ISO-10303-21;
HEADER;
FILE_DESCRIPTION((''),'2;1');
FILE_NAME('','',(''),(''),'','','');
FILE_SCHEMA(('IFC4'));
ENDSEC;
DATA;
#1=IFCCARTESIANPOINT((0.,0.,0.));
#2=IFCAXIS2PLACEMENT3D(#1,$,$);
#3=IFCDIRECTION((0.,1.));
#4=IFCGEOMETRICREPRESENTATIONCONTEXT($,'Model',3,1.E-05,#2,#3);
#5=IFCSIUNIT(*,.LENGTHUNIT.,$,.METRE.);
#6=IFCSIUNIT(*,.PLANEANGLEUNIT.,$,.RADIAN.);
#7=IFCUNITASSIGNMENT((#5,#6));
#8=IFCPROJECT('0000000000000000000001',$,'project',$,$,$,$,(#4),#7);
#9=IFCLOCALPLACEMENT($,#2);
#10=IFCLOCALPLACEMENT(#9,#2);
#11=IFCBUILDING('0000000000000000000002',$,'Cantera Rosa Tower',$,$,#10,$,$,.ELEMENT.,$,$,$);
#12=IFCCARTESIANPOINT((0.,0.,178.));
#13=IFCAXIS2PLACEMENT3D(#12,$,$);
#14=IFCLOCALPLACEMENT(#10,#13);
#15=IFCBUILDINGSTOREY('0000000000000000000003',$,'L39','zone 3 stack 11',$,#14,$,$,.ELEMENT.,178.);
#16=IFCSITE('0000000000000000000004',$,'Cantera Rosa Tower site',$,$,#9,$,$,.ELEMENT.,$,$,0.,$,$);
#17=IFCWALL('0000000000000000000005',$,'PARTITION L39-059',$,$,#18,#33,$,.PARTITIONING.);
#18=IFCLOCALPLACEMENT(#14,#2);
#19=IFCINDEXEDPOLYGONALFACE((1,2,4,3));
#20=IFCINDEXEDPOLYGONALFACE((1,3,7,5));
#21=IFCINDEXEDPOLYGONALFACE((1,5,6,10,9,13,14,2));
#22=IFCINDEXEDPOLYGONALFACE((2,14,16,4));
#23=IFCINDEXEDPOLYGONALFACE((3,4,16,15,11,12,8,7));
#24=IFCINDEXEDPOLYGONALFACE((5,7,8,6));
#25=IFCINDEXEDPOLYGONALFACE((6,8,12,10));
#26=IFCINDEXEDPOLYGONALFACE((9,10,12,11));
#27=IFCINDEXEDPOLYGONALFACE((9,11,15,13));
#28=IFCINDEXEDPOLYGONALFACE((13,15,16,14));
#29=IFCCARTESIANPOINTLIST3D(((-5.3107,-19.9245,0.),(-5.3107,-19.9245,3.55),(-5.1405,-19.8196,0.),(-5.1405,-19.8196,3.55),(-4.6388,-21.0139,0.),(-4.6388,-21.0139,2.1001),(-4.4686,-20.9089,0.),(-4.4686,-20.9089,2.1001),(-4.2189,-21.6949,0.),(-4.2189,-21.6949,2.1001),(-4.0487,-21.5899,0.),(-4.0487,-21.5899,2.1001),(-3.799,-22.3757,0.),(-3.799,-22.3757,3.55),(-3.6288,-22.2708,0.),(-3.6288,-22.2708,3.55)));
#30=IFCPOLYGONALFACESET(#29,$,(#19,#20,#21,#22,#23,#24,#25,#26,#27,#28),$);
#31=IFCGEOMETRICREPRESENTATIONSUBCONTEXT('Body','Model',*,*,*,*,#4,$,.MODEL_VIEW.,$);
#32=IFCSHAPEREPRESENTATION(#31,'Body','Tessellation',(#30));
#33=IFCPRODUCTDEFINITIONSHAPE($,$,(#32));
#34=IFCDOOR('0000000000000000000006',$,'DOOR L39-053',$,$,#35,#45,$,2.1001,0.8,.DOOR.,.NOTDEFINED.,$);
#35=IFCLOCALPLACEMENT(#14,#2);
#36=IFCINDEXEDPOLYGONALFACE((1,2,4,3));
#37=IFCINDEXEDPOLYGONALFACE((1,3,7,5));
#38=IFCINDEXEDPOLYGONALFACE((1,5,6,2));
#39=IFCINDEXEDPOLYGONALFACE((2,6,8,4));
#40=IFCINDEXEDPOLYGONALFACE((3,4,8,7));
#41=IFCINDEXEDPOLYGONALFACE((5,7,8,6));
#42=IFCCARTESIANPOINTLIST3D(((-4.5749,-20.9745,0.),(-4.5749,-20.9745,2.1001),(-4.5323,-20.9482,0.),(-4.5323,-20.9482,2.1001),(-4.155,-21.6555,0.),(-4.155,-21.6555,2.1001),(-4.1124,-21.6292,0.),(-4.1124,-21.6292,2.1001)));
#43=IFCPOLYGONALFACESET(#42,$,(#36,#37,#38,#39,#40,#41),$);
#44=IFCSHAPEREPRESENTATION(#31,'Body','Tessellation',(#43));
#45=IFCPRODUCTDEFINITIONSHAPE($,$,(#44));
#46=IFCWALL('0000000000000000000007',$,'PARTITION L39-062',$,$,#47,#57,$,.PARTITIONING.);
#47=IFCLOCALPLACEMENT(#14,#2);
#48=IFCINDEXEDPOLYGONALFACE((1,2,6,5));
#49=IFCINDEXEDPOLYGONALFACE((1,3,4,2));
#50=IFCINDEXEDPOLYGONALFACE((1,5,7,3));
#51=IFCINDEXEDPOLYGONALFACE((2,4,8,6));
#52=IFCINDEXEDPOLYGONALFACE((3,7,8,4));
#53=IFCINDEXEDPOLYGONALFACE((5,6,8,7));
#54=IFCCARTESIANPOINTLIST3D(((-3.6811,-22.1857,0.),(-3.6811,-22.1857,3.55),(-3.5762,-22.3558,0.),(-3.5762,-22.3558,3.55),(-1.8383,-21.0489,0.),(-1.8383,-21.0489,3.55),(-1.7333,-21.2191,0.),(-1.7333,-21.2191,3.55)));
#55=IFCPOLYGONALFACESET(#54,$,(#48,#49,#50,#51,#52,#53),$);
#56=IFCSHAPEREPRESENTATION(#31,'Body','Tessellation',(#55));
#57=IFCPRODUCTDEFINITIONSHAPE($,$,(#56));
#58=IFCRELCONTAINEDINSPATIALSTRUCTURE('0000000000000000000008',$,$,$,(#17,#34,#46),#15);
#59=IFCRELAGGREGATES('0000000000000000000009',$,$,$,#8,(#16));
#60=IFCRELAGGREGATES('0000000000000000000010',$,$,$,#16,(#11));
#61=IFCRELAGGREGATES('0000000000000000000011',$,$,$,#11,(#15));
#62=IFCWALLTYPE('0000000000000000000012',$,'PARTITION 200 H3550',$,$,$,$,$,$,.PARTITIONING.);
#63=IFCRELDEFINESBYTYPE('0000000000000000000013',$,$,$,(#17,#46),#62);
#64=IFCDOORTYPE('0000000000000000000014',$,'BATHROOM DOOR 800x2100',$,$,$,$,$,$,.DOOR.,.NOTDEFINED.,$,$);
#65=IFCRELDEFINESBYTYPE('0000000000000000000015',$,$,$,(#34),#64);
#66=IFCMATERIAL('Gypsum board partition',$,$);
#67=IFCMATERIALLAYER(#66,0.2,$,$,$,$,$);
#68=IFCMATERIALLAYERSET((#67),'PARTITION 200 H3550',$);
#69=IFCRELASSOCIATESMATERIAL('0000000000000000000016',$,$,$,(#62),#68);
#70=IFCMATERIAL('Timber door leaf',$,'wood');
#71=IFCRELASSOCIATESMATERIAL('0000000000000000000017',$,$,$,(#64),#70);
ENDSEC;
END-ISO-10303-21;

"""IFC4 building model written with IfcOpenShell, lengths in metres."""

from ifc_helpers import new_model, si_unit, direction, frame, frame_2d, origin, place, context, subcontext, project, spatial, rectangle, extrude, material, layer, layer_set, type_object, element, fill, save


model = new_model("IFC4")

# Units and contexts
model_context = context("Model", 3, precision=1e-05, world=origin(), true_north=direction((0.0, 1.0)))
body_context = subcontext(model_context, "Body", "Model", "MODEL_VIEW")
ifc_project = project(units=[si_unit("LENGTHUNIT", "METRE"), si_unit("PLANEANGLEUNIT", "RADIAN")], contexts=[model_context])

# Site, building, storey
site_placement = place(None, origin())
site = spatial("IfcSite", under=ifc_project, at=site_placement, Name="Cantera Rosa Tower site", CompositionType="ELEMENT", RefElevation=0.0)
building_placement = place(site_placement, origin())
building = spatial("IfcBuilding", under=site, at=building_placement, Name="Cantera Rosa Tower", CompositionType="ELEMENT")
storey_placement = place(building_placement, frame((0.0, 0.0, 178.0)))
storey = spatial("IfcBuildingStorey", under=building, at=storey_placement, Name="L39", Description="zone 3 stack 11", CompositionType="ELEMENT", Elevation=178.0)

# Wall, opening, door
ifc_material_1 = material(Name="Gypsum board partition")
ifc_layer_1 = layer(ifc_material_1, 0.2)
ifc_layer_set_1 = layer_set([ifc_layer_1], Name="PARTITION 200 H3550")
wall_type_1 = type_object("IfcWallType", Name="PARTITION 200 H3550", PredefinedType="PARTITIONING", material=ifc_layer_set_1)
wall_1_placement = place(storey_placement, frame((-3.7139, -22.3232, 0.0), z_axis=(0.0, 0.0, 1.0), x_axis=(-0.52493, 0.851146, 0.0)))
wall_1 = element("IfcWall", 1, at=wall_1_placement, inside=storey, type_object=wall_type_1, Name="PARTITION L39-059", PredefinedType="PARTITIONING", context=body_context, shape_type="SweptSolid", body=[
    extrude(rectangle(XDim=2.8799, YDim=0.2, at=frame_2d((1.4399, 0.0))), origin(), (0.0, 0.0, 1.0), 3.55),
])
opening_1_placement = place(wall_1_placement, frame((0.8, 0.0, 0.0)))
opening_1 = element("IfcOpeningElement", 2, at=opening_1_placement, cuts=wall_1, PredefinedType="OPENING", context=body_context, shape_type="SweptSolid", body=[
    extrude(rectangle(XDim=0.8, YDim=2.1001, at=frame_2d((0.3999, 1.05))), frame((0.0, 0.1099, 0.0), z_axis=(0.0, -1.0, 0.0), x_axis=(1.0, 0.0, 0.0)), (0.0, 0.0, 1.0), 0.22),
])
ifc_material_2 = material(Name="Timber door leaf", Category="wood")
door_type_1 = type_object("IfcDoorType", Name="BATHROOM DOOR 800x2100", OperationType="NOTDEFINED", PredefinedType="DOOR", material=ifc_material_2)
door_1_placement = place(opening_1_placement, origin())
door_1 = element("IfcDoor", 3, at=door_1_placement, inside=storey, type_object=door_type_1, Name="DOOR L39-053", OperationType="NOTDEFINED", OverallHeight=2.1001, OverallWidth=0.8, PredefinedType="DOOR", context=body_context, shape_type="SweptSolid", body=[
    extrude(rectangle(XDim=0.8, YDim=2.1001, at=frame_2d((0.3999, 1.05))), frame((0.0, 0.0249, 0.0), z_axis=(0.0, -1.0, 0.0), x_axis=(1.0, 0.0, 0.0)), (0.0, 0.0, 1.0), 0.05),
])
fill(opening_1, door_1)

# Wall
wall_2_placement = place(storey_placement, frame((-1.7859, -21.134, 0.0), z_axis=(0.0, 0.0, 1.0), x_axis=(-0.8511, -0.525003, 0.0)))
element("IfcWall", 4, at=wall_2_placement, inside=storey, type_object=wall_type_1, Name="PARTITION L39-062", PredefinedType="PARTITIONING", context=body_context, shape_type="SweptSolid", body=[
    extrude(rectangle(XDim=2.1653, YDim=0.2, at=frame_2d((1.0825, 0.0))), origin(), (0.0, 0.0, 1.0), 3.55),
])

save(model, "model.ifc")
